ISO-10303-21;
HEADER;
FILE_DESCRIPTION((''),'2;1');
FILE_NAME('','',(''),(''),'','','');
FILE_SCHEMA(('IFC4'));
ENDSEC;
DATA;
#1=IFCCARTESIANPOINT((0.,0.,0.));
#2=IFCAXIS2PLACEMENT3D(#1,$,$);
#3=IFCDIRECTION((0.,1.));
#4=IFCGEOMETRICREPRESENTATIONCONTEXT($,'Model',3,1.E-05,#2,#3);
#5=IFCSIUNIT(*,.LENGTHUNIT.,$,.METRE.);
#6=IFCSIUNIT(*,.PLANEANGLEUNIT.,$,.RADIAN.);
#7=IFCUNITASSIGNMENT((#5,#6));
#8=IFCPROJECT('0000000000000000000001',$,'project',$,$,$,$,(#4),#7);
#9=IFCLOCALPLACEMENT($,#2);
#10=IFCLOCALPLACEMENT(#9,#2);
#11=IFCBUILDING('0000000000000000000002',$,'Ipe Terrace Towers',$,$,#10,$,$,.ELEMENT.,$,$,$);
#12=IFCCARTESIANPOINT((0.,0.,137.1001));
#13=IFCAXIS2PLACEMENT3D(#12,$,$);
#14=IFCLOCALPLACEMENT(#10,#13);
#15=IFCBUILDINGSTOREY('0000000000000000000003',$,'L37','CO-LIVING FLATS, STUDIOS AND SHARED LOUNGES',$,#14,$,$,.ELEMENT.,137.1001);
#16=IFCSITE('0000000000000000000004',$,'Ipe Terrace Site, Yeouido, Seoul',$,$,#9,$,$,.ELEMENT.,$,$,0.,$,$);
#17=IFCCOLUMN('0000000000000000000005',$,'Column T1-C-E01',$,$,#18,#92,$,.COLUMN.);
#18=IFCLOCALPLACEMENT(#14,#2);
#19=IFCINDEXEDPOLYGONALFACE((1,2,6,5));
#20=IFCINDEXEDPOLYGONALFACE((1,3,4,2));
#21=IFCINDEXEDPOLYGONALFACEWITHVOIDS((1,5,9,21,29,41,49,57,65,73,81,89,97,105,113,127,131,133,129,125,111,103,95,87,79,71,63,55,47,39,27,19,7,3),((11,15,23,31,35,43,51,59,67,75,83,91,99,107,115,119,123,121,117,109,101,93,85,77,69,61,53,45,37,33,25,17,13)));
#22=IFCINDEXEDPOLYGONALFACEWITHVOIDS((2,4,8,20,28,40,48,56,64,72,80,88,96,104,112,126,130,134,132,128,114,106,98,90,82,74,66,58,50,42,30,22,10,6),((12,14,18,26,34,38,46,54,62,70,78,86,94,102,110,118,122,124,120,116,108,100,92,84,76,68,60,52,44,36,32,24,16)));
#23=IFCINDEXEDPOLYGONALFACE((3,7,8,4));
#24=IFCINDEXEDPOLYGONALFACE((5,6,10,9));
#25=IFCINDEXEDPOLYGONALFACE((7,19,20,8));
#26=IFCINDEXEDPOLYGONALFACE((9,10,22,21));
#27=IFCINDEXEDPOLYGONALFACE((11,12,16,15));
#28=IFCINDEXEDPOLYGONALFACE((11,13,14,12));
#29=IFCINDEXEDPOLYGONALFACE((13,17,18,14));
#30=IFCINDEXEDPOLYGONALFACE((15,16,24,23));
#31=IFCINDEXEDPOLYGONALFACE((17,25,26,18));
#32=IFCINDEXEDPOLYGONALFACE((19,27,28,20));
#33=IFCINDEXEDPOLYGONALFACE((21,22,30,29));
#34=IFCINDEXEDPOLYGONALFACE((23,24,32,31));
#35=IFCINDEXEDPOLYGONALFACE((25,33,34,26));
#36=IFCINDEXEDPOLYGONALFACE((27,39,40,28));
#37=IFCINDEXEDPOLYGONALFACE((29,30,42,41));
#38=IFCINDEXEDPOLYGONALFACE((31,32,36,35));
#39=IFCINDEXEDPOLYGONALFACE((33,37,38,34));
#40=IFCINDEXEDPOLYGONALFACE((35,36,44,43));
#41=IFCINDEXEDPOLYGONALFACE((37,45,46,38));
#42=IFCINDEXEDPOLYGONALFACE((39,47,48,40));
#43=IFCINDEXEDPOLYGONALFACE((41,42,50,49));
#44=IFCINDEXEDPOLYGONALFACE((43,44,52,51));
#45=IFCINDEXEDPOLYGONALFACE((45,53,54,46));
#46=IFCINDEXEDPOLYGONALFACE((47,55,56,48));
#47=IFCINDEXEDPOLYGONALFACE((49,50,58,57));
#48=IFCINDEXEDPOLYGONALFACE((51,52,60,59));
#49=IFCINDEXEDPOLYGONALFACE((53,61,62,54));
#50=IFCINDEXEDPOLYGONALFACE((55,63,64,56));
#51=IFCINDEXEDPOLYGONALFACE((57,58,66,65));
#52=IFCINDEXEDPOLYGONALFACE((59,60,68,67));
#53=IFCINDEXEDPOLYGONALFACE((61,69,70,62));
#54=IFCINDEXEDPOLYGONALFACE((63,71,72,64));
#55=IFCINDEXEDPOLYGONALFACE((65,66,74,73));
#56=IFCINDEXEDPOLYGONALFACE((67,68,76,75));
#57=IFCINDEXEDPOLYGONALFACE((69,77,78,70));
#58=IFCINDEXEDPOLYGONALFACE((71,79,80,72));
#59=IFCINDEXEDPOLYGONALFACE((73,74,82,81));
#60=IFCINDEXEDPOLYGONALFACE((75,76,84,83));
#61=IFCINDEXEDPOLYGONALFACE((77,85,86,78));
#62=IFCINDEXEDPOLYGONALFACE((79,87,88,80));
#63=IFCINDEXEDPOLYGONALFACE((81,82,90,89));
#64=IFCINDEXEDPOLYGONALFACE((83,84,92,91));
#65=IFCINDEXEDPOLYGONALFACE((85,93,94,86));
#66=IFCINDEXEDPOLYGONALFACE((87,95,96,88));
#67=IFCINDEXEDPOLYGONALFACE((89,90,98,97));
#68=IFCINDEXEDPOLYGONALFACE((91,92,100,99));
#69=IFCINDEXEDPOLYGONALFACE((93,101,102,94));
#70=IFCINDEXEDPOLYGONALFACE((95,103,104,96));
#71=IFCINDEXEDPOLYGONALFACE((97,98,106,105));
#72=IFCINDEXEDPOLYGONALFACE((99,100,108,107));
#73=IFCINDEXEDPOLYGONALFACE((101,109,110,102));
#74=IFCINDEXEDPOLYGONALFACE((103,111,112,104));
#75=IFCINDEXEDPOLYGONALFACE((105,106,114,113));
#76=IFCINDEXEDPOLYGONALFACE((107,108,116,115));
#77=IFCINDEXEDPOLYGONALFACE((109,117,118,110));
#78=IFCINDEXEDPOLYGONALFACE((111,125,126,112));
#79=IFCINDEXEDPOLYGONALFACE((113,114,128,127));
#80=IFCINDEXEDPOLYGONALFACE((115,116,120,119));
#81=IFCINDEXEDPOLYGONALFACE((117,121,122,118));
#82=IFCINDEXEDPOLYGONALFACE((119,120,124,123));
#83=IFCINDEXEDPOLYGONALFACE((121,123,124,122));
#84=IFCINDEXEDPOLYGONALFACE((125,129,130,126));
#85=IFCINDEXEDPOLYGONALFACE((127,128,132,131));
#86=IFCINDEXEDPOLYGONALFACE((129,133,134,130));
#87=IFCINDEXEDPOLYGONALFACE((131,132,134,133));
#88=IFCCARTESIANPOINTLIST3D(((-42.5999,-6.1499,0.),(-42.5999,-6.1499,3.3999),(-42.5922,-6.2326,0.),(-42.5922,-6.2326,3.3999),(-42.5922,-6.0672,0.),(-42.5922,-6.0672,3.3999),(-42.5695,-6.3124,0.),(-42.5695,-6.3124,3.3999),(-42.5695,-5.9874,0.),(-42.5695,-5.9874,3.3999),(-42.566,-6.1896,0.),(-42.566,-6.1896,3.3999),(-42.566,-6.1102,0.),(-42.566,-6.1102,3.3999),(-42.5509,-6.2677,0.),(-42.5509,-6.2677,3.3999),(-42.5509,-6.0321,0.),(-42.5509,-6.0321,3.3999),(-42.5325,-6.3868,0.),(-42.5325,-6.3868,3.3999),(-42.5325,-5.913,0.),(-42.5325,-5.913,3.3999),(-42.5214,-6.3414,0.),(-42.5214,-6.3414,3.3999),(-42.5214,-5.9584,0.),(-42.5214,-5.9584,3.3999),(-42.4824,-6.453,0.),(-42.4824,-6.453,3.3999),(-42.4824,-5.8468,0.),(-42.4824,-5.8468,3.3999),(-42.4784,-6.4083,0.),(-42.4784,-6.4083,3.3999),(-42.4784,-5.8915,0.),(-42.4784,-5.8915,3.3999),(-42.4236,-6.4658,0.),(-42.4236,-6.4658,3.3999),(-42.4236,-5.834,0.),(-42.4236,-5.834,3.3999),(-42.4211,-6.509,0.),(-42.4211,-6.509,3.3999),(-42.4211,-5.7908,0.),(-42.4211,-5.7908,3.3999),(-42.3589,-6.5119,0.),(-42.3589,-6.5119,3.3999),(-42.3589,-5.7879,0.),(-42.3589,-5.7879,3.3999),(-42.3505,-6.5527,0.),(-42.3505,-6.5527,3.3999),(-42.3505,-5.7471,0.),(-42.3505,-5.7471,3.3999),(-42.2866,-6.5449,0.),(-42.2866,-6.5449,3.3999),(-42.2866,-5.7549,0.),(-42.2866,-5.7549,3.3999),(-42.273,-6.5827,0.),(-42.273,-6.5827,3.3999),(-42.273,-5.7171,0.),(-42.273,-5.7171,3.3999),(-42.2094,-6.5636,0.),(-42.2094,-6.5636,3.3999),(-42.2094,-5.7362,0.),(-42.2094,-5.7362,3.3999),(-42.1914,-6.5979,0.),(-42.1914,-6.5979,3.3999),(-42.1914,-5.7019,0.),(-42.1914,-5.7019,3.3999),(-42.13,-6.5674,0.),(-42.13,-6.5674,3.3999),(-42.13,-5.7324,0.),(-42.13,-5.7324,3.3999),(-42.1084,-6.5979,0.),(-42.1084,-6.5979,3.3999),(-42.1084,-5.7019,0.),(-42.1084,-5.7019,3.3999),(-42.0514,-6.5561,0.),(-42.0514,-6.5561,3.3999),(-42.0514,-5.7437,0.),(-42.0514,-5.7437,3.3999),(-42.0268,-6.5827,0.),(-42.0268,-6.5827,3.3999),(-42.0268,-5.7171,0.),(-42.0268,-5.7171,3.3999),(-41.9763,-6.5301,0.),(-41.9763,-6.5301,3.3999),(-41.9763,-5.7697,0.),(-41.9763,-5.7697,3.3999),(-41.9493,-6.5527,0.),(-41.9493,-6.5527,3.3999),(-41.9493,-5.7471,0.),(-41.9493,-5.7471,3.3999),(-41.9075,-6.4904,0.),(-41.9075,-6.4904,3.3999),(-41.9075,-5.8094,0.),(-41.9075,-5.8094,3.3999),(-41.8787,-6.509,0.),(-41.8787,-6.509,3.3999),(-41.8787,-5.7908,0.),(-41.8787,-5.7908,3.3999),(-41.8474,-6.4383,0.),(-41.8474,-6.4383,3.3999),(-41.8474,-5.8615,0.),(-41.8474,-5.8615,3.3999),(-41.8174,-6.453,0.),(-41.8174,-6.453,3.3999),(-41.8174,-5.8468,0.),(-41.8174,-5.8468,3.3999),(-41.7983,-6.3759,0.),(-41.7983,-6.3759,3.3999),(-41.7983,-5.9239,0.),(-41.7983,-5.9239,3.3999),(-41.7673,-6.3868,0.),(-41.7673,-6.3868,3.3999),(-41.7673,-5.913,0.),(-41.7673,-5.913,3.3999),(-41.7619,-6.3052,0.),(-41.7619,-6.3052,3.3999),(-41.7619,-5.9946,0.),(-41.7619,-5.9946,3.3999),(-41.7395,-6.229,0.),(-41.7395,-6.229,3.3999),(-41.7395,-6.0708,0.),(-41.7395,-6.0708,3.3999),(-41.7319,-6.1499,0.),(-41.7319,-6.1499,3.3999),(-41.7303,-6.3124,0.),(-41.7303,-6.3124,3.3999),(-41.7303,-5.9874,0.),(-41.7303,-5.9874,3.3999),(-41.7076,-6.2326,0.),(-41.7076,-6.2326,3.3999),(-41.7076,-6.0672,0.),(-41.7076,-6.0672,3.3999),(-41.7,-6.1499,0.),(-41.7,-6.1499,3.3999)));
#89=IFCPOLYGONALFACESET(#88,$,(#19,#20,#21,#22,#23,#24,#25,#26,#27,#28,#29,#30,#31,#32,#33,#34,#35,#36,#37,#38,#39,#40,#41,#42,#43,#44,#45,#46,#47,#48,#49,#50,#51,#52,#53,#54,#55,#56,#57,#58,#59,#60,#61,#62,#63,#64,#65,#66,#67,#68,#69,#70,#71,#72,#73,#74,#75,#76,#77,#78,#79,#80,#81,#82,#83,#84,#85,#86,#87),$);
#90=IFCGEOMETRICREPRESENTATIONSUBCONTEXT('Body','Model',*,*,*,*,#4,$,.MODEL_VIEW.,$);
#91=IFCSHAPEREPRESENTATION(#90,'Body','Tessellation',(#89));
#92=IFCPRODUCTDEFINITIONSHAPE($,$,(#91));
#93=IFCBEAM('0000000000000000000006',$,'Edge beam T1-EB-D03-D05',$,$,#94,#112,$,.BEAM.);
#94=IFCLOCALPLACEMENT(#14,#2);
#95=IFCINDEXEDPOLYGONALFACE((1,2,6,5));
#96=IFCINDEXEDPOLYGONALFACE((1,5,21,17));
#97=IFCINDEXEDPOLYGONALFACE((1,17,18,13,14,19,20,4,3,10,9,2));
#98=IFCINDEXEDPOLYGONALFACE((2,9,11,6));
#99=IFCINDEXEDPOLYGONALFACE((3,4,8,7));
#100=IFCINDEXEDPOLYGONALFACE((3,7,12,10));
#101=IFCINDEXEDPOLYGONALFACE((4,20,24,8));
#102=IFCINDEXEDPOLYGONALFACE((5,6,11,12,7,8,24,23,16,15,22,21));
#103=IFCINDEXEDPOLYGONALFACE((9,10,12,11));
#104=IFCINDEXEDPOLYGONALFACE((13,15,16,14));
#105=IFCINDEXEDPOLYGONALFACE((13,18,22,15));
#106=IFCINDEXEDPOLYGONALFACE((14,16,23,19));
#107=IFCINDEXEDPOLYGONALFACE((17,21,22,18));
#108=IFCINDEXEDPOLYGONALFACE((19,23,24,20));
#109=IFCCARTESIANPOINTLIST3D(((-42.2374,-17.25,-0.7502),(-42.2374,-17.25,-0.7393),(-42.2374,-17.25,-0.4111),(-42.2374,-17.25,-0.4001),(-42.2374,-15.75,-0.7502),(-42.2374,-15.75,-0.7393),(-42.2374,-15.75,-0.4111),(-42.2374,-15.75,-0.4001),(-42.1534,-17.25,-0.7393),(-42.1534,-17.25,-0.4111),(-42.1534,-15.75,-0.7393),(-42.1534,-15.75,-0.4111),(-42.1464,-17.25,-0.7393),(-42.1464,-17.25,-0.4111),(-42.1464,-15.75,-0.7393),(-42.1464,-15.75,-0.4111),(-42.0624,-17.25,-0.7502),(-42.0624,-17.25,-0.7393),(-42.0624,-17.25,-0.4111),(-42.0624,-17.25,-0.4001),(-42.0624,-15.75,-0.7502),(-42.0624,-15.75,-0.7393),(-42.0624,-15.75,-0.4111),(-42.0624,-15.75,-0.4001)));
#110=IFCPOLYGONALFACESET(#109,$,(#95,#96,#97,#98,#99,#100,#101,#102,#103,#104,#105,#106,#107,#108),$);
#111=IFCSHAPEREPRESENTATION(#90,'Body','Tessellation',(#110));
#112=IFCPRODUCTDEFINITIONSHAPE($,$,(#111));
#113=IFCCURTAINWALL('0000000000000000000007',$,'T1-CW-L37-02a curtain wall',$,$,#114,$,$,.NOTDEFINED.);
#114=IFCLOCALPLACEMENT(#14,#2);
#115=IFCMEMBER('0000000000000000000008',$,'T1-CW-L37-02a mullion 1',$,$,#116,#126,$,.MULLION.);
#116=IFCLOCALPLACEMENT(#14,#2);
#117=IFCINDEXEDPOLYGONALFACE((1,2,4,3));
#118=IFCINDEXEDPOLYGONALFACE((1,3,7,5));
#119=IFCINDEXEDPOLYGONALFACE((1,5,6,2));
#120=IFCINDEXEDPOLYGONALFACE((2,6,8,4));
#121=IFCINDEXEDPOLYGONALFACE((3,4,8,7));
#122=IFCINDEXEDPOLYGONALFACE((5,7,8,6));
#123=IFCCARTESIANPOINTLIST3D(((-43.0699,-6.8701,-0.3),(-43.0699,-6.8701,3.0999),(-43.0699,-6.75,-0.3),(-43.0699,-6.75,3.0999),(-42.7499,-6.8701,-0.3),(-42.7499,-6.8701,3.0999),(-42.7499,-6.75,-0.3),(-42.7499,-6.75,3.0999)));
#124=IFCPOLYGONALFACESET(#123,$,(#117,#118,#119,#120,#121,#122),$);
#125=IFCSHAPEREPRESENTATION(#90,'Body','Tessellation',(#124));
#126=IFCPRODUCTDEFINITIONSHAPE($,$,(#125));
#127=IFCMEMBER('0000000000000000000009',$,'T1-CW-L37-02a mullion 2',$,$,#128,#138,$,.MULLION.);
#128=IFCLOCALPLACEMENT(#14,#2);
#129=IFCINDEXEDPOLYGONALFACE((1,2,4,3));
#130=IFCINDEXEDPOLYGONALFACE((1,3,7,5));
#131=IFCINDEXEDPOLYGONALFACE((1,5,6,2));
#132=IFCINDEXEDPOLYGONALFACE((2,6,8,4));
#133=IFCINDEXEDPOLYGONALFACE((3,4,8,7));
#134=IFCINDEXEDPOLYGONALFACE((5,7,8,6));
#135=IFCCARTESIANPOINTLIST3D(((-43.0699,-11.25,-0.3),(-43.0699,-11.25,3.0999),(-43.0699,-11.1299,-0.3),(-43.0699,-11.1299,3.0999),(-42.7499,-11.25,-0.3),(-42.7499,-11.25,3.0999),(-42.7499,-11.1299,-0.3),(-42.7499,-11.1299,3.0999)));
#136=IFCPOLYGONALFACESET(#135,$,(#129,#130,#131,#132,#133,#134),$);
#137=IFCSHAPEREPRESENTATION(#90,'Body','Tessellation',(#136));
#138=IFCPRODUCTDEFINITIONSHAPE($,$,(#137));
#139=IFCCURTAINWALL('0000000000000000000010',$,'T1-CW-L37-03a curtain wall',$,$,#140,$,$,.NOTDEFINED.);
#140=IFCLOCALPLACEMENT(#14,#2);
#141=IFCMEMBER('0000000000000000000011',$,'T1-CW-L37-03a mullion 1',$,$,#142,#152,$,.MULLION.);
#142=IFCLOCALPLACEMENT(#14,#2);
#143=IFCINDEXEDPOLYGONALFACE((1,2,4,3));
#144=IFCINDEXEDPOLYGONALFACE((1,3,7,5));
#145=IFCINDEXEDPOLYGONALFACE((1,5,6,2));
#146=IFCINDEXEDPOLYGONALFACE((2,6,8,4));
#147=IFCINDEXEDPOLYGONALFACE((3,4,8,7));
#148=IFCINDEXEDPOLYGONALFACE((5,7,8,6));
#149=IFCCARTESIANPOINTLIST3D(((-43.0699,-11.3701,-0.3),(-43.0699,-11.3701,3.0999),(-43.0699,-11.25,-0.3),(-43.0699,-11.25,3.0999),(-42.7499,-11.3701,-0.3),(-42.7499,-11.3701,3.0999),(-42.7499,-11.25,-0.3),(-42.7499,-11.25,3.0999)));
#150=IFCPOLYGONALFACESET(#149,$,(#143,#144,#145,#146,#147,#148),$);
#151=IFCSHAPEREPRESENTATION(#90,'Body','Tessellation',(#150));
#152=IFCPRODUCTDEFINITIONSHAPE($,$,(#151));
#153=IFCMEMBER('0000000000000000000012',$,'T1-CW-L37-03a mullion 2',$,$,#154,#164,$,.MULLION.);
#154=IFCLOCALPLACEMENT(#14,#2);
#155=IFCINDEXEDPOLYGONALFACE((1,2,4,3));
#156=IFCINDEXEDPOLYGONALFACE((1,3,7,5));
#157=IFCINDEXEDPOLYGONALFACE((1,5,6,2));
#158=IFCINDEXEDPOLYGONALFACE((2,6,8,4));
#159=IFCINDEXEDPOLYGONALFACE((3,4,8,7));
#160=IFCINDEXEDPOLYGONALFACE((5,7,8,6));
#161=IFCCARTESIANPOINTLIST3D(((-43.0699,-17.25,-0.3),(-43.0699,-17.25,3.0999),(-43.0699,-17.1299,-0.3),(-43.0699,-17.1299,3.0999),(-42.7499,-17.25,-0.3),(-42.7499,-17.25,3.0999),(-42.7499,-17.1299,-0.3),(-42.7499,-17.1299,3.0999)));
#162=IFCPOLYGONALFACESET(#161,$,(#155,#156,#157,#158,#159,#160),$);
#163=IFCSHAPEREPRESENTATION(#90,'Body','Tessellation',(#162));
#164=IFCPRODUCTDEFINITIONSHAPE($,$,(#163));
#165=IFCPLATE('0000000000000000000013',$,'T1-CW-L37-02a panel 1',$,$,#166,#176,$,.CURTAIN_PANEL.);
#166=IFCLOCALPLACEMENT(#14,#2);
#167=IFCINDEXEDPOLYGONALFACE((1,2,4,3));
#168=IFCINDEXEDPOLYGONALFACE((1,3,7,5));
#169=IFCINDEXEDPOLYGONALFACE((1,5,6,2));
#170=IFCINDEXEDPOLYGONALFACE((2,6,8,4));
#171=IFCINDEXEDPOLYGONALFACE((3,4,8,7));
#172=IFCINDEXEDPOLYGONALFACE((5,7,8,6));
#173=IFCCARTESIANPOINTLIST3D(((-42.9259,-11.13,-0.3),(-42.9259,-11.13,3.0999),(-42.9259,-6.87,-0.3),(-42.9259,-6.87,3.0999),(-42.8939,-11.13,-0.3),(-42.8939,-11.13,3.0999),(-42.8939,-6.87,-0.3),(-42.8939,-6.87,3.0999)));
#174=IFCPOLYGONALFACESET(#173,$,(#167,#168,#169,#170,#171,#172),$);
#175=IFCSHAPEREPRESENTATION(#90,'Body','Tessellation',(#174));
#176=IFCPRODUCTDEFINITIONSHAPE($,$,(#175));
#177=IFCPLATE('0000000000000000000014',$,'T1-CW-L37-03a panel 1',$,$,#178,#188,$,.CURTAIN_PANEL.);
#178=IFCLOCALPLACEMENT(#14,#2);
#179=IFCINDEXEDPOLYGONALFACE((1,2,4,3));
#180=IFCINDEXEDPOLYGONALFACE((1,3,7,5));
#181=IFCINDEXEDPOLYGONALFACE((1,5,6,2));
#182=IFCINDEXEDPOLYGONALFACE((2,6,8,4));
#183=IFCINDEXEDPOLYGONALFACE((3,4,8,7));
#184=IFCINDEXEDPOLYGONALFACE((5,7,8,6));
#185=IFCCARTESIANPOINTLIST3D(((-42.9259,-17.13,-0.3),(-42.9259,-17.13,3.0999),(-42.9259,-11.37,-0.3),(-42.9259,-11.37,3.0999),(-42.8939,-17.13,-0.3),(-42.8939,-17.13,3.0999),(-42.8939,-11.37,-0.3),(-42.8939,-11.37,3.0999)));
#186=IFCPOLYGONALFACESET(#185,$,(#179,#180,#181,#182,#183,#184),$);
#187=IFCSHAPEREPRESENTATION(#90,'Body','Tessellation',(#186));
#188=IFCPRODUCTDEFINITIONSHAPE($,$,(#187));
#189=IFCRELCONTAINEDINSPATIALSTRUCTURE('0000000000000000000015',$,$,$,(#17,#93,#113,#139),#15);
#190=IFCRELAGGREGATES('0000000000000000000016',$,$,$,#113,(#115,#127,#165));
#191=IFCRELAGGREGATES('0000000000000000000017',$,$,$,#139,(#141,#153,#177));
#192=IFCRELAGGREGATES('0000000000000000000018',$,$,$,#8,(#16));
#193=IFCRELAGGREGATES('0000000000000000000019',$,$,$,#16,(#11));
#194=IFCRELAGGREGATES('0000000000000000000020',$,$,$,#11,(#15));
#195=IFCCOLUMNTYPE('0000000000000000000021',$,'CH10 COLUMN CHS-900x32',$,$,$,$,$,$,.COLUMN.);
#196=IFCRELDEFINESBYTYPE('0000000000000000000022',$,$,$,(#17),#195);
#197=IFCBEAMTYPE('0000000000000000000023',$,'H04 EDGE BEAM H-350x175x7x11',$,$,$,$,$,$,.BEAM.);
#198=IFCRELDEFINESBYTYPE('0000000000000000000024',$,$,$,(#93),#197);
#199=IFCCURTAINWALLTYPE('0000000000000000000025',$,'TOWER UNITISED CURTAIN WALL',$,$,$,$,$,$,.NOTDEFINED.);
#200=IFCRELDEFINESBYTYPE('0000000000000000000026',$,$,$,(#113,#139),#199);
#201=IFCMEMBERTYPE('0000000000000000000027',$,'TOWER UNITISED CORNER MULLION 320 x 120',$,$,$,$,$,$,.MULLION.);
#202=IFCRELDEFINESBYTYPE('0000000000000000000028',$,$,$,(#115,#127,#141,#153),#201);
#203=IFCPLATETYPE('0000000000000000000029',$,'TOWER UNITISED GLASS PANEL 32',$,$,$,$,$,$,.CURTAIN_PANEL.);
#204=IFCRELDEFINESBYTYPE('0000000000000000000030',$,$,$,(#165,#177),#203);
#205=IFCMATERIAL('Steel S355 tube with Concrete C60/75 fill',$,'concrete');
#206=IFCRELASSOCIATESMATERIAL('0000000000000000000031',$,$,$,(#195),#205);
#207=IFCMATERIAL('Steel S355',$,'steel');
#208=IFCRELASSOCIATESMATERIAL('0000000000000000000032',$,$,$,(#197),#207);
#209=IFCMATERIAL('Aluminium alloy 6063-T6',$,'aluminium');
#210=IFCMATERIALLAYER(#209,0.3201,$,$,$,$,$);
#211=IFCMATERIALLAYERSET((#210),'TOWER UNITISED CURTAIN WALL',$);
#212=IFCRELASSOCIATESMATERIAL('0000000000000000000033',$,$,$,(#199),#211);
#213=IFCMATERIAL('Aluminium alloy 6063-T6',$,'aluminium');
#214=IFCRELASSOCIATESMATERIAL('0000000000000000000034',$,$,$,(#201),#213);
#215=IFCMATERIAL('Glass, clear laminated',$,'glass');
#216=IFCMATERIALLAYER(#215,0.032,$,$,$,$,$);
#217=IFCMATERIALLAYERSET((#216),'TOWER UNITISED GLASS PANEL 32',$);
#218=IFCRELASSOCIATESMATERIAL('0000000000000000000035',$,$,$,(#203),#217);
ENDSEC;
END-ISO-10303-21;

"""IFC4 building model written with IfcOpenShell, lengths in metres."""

from ifc_helpers import new_model, si_unit, direction, frame, origin, origin_2d, place, context, subcontext, project, spatial, rectangle, hollow_circle, i_section, extrude, material, layer, layer_set, material_profile, profile_set, type_object, element, aggregate, save


model = new_model("IFC4")

# Units and contexts
model_context = context("Model", 3, precision=1e-05, world=origin(), true_north=direction((0.0, 1.0)))
body_context = subcontext(model_context, "Body", "Model", "MODEL_VIEW")
ifc_project = project(units=[si_unit("LENGTHUNIT", "METRE"), si_unit("PLANEANGLEUNIT", "RADIAN")], contexts=[model_context])

# Site, building, storey
site_placement = place(None, origin())
site = spatial("IfcSite", under=ifc_project, at=site_placement, Name="Ipe Terrace Site, Yeouido, Seoul", CompositionType="ELEMENT", RefElevation=0.0)
building_placement = place(site_placement, origin())
building = spatial("IfcBuilding", under=site, at=building_placement, Name="Ipe Terrace Towers", CompositionType="ELEMENT")
storey_placement = place(building_placement, frame((0.0, 0.0, 137.1001)))
storey = spatial("IfcBuildingStorey", under=building, at=storey_placement, Name="L37", Description="CO-LIVING FLATS, STUDIOS AND SHARED LOUNGES", CompositionType="ELEMENT", Elevation=137.1001)

# Column
ifc_material_1 = material(Name="Steel S355 tube with Concrete C60/75 fill", Category="concrete")
ifc_material_profile_1 = material_profile(ifc_material_1, hollow_circle(Radius=0.45, WallThickness=0.032, at=origin_2d()), Name="CHS-900x32")
ifc_profile_set_1 = profile_set([ifc_material_profile_1], Name="Steel S355 tube with Concrete C60/75 fill")
column_type_1 = type_object("IfcColumnType", Name="CH10 COLUMN CHS-900x32", PredefinedType="COLUMN", material=ifc_profile_set_1)
column_placement = place(storey_placement, frame((-42.1499, -6.1499, 0.0), z_axis=(0.0, 0.0, 1.0), x_axis=(1.0, 0.0, 0.0)))
element("IfcColumn", 1, at=column_placement, inside=storey, type_object=column_type_1, Name="Column T1-C-E01", PredefinedType="COLUMN", context=body_context, shape_type="SweptSolid", body=[
    extrude(hollow_circle(Radius=0.45, WallThickness=0.032, at=origin_2d()), origin(), (0.0, 0.0, 1.0), 3.3999),
])

# Beam
ifc_material_2 = material(Name="Steel S355", Category="steel")
ifc_material_profile_2 = material_profile(ifc_material_2, i_section(OverallWidth=0.175, OverallDepth=0.3501, WebThickness=0.0071, FlangeThickness=0.011, at=origin_2d()), Name="H-350x175x7x11")
ifc_profile_set_2 = profile_set([ifc_material_profile_2], Name="Steel S355")
beam_type = type_object("IfcBeamType", Name="H04 EDGE BEAM H-350x175x7x11", PredefinedType="BEAM", material=ifc_profile_set_2)
beam_placement = place(storey_placement, frame((-42.1499, -15.75, -0.5752), z_axis=(0.0, -1.0, 0.0), x_axis=(1.0, 0.0, 0.0)))
element("IfcBeam", 2, at=beam_placement, inside=storey, type_object=beam_type, Name="Edge beam T1-EB-D03-D05", PredefinedType="BEAM", context=body_context, shape_type="SweptSolid", body=[
    extrude(i_section(OverallWidth=0.175, OverallDepth=0.3501, WebThickness=0.0071, FlangeThickness=0.011, at=origin_2d()), origin(), (0.0, 0.0, 1.0), 1.5),
])

# Curtain walls, members
ifc_material_3 = material(Name="Aluminium alloy 6063-T6", Category="aluminium")
ifc_layer_1 = layer(ifc_material_3, 0.3201)
ifc_layer_set_1 = layer_set([ifc_layer_1], Name="TOWER UNITISED CURTAIN WALL")
curtain_wall_type = type_object("IfcCurtainWallType", Name="TOWER UNITISED CURTAIN WALL", PredefinedType="NOTDEFINED", material=ifc_layer_set_1)
curtain_wall_1_placement = place(storey_placement, origin())
curtain_wall_1 = element("IfcCurtainWall", 3, at=curtain_wall_1_placement, inside=storey, type_object=curtain_wall_type, Name="T1-CW-L37-02a curtain wall", PredefinedType="NOTDEFINED")
ifc_material_4 = material(Name="Aluminium alloy 6063-T6", Category="aluminium")
ifc_material_profile_3 = material_profile(ifc_material_4, rectangle(XDim=0.3201, YDim=0.1201, at=origin_2d()), Name="TOWER UNITISED CORNER MULLION 320 x 120")
ifc_profile_set_3 = profile_set([ifc_material_profile_3], Name="Aluminium alloy 6063-T6")
member_type = type_object("IfcMemberType", Name="TOWER UNITISED CORNER MULLION 320 x 120", PredefinedType="MULLION", material=ifc_profile_set_3)
member_1_placement = place(storey_placement, frame((-42.9099, -6.8101, -0.3), z_axis=(0.0, 0.0, 1.0), x_axis=(-1.0, 0.0, 0.0)))
member_1 = element("IfcMember", 4, at=member_1_placement, type_object=member_type, Name="T1-CW-L37-02a mullion 1", PredefinedType="MULLION", context=body_context, shape_type="SweptSolid", body=[
    extrude(rectangle(XDim=0.3201, YDim=0.1201, at=origin_2d()), origin(), (0.0, 0.0, 1.0), 3.3999),
])
member_2_placement = place(storey_placement, frame((-42.9099, -11.1899, -0.3), z_axis=(0.0, 0.0, 1.0), x_axis=(-1.0, 0.0, 0.0)))
member_2 = element("IfcMember", 5, at=member_2_placement, type_object=member_type, Name="T1-CW-L37-02a mullion 2", PredefinedType="MULLION", context=body_context, shape_type="SweptSolid", body=[
    extrude(rectangle(XDim=0.3201, YDim=0.1201, at=origin_2d()), origin(), (0.0, 0.0, 1.0), 3.3999),
])
curtain_wall_2_placement = place(storey_placement, origin())
curtain_wall_2 = element("IfcCurtainWall", 6, at=curtain_wall_2_placement, inside=storey, type_object=curtain_wall_type, Name="T1-CW-L37-03a curtain wall", PredefinedType="NOTDEFINED")
member_3_placement = place(storey_placement, frame((-42.9099, -11.3101, -0.3), z_axis=(0.0, 0.0, 1.0), x_axis=(-1.0, 0.0, 0.0)))
member_3 = element("IfcMember", 7, at=member_3_placement, type_object=member_type, Name="T1-CW-L37-03a mullion 1", PredefinedType="MULLION", context=body_context, shape_type="SweptSolid", body=[
    extrude(rectangle(XDim=0.3201, YDim=0.1201, at=origin_2d()), origin(), (0.0, 0.0, 1.0), 3.3999),
])
member_4_placement = place(storey_placement, frame((-42.9099, -17.1899, -0.3), z_axis=(0.0, 0.0, 1.0), x_axis=(-1.0, 0.0, 0.0)))
member_4 = element("IfcMember", 8, at=member_4_placement, type_object=member_type, Name="T1-CW-L37-03a mullion 2", PredefinedType="MULLION", context=body_context, shape_type="SweptSolid", body=[
    extrude(rectangle(XDim=0.3201, YDim=0.1201, at=origin_2d()), origin(), (0.0, 0.0, 1.0), 3.3999),
])

# Plates
ifc_material_5 = material(Name="Glass, clear laminated", Category="glass")
ifc_layer_2 = layer(ifc_material_5, 0.032)
ifc_layer_set_2 = layer_set([ifc_layer_2], Name="TOWER UNITISED GLASS PANEL 32")
plate_type = type_object("IfcPlateType", Name="TOWER UNITISED GLASS PANEL 32", PredefinedType="CURTAIN_PANEL", material=ifc_layer_set_2)
plate_1_placement = place(storey_placement, frame((-42.9099, -9.0, -0.3), z_axis=(0.0, 0.0, 1.0), x_axis=(0.0, -1.0, 0.0)))
plate_1 = element("IfcPlate", 9, at=plate_1_placement, type_object=plate_type, Name="T1-CW-L37-02a panel 1", PredefinedType="CURTAIN_PANEL", context=body_context, shape_type="SweptSolid", body=[
    extrude(rectangle(XDim=4.26, YDim=0.032, at=origin_2d()), origin(), (0.0, 0.0, 1.0), 3.3999),
])
aggregate(curtain_wall_1, [member_1, member_2, plate_1])
plate_2_placement = place(storey_placement, frame((-42.9099, -14.25, -0.3), z_axis=(0.0, 0.0, 1.0), x_axis=(0.0, -1.0, 0.0)))
plate_2 = element("IfcPlate", 10, at=plate_2_placement, type_object=plate_type, Name="T1-CW-L37-03a panel 1", PredefinedType="CURTAIN_PANEL", context=body_context, shape_type="SweptSolid", body=[
    extrude(rectangle(XDim=5.76, YDim=0.032, at=origin_2d()), origin(), (0.0, 0.0, 1.0), 3.3999),
])
aggregate(curtain_wall_2, [member_3, member_4, plate_2])

save(model, "model.ifc")
